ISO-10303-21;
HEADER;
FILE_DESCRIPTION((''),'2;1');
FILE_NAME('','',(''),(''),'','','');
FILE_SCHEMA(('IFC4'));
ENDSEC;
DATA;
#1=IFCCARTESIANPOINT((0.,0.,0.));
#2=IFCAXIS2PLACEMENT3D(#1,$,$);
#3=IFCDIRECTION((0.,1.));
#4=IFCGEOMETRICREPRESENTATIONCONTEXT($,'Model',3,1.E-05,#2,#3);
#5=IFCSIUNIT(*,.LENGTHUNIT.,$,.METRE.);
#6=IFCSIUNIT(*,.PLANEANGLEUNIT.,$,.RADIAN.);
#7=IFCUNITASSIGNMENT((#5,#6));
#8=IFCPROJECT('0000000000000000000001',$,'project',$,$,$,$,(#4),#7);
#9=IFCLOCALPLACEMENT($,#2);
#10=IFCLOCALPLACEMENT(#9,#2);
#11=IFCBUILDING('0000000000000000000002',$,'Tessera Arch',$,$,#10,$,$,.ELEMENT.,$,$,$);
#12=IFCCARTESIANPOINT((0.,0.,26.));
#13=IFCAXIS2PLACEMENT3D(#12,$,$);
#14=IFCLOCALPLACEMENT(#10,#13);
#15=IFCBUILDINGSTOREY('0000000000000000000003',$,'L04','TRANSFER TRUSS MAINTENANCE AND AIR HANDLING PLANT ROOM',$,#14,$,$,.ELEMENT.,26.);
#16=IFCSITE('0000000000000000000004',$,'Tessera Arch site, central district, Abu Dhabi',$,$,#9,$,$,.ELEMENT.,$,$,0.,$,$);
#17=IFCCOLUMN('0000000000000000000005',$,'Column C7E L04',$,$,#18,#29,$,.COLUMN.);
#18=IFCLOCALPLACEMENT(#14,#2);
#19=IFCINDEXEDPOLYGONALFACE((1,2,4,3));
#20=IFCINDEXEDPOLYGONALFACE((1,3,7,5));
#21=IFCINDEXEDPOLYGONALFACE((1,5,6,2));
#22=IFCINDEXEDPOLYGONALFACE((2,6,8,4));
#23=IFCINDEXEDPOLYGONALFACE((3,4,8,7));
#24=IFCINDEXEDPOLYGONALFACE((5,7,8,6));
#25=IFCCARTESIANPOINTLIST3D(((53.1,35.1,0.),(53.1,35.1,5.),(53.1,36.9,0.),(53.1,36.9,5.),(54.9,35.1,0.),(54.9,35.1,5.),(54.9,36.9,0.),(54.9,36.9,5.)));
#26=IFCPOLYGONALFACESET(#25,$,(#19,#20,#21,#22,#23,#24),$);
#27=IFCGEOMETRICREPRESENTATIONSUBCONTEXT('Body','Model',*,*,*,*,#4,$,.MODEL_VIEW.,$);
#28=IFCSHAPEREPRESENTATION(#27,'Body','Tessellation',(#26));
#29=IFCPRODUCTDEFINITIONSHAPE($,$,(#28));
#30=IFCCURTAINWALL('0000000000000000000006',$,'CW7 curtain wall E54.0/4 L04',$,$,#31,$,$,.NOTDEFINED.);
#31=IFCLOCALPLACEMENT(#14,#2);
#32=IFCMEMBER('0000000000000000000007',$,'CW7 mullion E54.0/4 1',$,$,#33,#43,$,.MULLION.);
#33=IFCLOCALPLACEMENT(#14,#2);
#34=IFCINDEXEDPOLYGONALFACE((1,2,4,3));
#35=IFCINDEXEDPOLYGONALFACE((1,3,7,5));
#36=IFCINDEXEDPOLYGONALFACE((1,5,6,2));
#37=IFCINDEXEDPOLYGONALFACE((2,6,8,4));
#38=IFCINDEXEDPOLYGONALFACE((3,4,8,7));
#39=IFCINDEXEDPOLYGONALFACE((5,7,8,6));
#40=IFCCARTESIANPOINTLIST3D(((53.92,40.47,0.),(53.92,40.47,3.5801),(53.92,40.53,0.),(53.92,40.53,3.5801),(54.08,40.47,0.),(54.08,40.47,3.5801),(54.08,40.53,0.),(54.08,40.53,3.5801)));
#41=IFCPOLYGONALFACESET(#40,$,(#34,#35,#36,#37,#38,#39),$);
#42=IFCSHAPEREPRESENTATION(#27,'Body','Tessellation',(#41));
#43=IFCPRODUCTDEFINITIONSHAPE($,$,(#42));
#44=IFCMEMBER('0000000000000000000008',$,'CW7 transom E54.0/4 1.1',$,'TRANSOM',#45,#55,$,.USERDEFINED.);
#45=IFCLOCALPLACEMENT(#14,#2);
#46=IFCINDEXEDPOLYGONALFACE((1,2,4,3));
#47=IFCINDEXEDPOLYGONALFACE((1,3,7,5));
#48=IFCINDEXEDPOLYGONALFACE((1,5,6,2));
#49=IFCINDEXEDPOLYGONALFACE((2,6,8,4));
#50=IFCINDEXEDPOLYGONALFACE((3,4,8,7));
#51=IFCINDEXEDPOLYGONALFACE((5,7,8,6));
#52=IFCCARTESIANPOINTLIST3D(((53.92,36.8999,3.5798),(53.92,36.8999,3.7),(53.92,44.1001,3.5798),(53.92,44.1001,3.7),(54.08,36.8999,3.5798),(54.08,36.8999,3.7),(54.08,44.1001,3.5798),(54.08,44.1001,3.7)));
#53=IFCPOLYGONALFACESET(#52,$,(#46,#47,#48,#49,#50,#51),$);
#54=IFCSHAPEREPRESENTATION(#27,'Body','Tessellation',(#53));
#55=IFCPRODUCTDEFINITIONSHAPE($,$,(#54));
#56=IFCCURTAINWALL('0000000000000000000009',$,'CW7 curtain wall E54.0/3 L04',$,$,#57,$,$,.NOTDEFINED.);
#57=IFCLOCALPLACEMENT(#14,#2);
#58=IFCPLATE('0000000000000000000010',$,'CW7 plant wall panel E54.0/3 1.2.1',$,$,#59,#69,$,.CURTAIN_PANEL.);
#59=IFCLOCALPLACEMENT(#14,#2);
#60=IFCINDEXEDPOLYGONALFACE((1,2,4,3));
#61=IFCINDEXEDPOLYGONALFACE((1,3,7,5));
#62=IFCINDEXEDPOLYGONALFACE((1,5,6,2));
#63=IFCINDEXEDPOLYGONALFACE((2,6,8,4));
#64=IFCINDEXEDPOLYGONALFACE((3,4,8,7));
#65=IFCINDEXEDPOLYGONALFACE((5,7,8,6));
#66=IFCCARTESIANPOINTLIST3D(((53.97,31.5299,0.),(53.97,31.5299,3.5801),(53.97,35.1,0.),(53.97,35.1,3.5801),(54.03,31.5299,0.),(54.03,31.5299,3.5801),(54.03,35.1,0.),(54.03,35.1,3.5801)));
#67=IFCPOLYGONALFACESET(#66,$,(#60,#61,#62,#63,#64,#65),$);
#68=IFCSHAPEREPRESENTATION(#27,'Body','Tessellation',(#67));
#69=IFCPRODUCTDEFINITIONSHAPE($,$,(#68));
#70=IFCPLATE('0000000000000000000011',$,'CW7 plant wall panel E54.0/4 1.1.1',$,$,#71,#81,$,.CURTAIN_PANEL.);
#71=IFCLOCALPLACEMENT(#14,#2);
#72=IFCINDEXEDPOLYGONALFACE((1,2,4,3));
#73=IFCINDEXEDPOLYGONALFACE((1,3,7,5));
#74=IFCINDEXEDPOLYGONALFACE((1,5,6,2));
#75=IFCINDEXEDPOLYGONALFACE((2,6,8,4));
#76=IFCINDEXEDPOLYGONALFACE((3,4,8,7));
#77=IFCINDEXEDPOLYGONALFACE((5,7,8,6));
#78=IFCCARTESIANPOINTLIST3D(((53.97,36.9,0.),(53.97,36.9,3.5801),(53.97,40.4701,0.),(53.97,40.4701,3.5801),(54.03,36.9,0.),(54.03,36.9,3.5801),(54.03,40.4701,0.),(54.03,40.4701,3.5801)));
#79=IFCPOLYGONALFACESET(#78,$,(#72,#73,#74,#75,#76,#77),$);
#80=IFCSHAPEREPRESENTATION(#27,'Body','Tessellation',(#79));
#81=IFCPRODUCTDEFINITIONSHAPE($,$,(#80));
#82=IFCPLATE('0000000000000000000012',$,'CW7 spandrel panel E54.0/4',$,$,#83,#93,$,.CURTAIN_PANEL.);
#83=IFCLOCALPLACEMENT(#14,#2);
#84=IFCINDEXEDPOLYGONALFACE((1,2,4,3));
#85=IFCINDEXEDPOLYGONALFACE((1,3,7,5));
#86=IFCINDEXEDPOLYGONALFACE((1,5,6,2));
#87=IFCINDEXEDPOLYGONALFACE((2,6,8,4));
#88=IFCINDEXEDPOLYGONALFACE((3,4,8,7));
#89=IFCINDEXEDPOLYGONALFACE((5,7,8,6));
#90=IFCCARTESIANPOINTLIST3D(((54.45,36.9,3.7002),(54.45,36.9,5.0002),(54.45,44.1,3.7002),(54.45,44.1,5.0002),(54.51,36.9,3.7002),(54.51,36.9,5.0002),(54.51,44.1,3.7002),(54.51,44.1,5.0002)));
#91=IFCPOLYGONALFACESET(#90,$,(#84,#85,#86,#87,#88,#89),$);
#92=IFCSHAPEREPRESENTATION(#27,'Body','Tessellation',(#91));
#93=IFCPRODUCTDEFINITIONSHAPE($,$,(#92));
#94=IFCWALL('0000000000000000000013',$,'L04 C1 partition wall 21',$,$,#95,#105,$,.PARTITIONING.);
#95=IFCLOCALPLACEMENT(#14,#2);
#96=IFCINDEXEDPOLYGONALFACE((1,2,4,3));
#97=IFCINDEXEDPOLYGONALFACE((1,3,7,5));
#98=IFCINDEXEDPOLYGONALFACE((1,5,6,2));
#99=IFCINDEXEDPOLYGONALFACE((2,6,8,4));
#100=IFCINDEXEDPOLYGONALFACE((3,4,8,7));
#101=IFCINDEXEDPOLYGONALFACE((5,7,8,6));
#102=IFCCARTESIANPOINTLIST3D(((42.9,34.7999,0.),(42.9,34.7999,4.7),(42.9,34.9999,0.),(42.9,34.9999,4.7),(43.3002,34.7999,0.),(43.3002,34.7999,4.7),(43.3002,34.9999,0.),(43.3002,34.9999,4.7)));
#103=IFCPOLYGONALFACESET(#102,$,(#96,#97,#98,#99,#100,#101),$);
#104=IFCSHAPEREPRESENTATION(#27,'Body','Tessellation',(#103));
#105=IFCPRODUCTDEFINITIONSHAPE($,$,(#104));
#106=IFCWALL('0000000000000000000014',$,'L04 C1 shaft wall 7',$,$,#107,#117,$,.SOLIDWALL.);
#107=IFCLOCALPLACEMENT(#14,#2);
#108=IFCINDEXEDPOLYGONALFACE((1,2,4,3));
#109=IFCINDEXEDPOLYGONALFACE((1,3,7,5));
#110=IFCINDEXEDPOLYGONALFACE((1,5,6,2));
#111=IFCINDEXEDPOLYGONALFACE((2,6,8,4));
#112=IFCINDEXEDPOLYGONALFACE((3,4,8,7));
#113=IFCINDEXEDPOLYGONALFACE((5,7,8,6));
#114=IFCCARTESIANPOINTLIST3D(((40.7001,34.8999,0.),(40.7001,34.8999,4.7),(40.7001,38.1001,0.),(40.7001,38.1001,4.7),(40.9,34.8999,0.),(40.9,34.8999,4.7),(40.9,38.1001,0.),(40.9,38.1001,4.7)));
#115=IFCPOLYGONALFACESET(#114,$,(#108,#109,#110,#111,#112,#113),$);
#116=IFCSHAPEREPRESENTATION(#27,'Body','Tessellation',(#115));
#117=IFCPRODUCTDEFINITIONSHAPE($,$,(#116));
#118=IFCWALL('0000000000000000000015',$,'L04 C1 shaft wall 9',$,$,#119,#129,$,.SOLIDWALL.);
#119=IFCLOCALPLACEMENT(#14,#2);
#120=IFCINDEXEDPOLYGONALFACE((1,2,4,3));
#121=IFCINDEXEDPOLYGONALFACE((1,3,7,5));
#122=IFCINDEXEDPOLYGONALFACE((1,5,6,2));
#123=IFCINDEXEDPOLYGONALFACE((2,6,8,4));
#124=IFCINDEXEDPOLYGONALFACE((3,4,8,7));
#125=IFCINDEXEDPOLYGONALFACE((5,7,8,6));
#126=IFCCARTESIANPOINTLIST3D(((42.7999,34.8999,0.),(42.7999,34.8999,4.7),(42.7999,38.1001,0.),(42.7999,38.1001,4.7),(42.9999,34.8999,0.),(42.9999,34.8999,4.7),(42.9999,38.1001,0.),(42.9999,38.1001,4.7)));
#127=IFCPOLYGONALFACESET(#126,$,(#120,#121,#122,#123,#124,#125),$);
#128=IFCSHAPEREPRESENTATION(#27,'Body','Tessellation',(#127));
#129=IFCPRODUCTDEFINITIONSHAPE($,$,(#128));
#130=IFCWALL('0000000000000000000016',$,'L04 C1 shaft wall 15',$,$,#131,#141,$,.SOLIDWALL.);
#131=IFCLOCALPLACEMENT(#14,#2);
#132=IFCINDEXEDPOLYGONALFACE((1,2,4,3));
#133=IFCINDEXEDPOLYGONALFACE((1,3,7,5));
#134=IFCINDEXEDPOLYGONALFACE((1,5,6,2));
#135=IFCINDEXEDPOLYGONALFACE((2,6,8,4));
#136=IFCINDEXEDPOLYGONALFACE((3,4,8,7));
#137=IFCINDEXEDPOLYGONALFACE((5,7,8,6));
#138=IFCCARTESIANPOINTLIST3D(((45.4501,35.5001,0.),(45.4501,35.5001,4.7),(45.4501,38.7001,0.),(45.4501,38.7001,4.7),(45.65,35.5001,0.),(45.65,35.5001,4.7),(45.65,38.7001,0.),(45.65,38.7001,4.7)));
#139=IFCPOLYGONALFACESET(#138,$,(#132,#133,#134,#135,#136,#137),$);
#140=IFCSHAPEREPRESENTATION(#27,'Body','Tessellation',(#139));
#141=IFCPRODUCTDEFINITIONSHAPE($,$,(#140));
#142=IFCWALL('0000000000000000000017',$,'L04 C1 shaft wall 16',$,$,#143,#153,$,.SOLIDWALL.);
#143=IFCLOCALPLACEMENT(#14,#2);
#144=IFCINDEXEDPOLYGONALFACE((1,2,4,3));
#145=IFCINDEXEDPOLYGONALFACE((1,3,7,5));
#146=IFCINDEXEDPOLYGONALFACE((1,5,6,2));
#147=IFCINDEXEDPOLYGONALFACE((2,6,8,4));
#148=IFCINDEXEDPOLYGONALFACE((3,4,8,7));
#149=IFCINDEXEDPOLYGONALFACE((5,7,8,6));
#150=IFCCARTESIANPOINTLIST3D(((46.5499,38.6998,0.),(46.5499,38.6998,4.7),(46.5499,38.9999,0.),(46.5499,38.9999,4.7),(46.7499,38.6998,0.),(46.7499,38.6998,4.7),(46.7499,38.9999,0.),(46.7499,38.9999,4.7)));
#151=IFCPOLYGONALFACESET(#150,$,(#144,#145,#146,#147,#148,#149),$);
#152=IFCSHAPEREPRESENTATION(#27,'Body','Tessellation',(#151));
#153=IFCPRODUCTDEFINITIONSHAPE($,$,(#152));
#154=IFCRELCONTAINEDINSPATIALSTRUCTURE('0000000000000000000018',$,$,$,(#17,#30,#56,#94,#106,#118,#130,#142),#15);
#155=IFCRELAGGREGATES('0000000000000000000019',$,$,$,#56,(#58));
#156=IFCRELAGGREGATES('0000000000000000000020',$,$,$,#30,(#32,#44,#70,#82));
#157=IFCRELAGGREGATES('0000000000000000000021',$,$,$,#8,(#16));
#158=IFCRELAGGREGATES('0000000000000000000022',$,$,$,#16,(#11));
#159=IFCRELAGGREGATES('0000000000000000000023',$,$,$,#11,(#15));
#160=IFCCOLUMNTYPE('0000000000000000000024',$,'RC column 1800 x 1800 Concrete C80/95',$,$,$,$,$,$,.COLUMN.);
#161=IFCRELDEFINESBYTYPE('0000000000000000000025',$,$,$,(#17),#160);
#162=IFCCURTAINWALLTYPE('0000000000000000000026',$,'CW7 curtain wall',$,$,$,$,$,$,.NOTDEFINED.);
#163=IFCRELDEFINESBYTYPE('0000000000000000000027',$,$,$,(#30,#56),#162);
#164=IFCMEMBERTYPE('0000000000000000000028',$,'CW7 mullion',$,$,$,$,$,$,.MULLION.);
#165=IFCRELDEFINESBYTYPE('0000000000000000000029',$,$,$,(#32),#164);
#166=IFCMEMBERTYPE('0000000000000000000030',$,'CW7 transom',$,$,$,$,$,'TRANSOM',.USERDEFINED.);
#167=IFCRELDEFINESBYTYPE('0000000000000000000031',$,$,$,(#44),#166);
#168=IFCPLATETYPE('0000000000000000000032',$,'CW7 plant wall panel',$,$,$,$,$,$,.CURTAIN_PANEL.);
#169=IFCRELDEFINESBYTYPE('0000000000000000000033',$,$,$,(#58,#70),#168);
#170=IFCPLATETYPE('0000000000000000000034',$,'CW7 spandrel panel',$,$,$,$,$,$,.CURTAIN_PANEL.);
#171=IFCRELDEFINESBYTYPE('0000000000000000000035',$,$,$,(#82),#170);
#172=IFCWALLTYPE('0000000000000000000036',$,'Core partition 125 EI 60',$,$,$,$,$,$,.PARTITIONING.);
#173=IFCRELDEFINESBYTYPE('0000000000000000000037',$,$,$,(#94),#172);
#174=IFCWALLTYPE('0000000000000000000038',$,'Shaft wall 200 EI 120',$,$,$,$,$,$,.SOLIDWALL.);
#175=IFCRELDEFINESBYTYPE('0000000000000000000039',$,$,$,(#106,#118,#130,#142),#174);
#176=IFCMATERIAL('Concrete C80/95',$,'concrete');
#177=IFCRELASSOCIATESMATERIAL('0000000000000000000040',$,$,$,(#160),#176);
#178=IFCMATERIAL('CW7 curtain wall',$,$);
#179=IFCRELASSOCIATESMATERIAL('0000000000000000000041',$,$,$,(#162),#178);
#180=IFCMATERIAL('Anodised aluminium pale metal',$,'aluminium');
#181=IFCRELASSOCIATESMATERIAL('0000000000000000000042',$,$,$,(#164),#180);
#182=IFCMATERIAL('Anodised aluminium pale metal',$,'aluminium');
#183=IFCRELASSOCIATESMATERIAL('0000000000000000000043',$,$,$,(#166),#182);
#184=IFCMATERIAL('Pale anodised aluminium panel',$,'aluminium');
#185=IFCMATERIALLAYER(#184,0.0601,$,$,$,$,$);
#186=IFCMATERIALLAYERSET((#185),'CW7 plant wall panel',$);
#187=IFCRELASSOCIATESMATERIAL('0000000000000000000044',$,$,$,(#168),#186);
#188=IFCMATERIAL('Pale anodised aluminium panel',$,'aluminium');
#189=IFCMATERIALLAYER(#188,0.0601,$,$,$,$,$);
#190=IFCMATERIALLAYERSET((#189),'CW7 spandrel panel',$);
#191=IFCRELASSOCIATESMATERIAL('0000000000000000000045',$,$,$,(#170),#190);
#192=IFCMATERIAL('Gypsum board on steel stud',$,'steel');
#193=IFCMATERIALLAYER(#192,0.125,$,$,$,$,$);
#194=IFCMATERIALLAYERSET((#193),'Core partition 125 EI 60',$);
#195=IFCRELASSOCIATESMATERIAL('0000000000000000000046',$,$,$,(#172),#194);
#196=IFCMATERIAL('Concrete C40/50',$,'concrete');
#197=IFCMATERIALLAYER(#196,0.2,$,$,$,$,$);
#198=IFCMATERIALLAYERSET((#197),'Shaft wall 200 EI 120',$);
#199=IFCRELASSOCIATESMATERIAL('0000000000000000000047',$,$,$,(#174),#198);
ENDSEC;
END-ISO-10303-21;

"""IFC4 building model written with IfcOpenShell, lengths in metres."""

from ifc_helpers import new_model, si_unit, direction, frame, frame_2d, origin, origin_2d, place, context, subcontext, project, spatial, rectangle, extrude, material, layer, layer_set, material_profile, profile_set, type_object, element, aggregate, save


model = new_model("IFC4")

# Units and contexts
model_context = context("Model", 3, precision=1e-05, world=origin(), true_north=direction((0.0, 1.0)))
body_context = subcontext(model_context, "Body", "Model", "MODEL_VIEW")
ifc_project = project(units=[si_unit("LENGTHUNIT", "METRE"), si_unit("PLANEANGLEUNIT", "RADIAN")], contexts=[model_context])

# Site, building, storey
site_placement = place(None, origin())
site = spatial("IfcSite", under=ifc_project, at=site_placement, Name="Tessera Arch site, central district, Abu Dhabi", CompositionType="ELEMENT", RefElevation=0.0)
building_placement = place(site_placement, origin())
building = spatial("IfcBuilding", under=site, at=building_placement, Name="Tessera Arch", CompositionType="ELEMENT")
storey_placement = place(building_placement, frame((0.0, 0.0, 26.0)))
storey = spatial("IfcBuildingStorey", under=building, at=storey_placement, Name="L04", Description="TRANSFER TRUSS MAINTENANCE AND AIR HANDLING PLANT ROOM", CompositionType="ELEMENT", Elevation=26.0)

# Column
ifc_material_1 = material(Name="Concrete C80/95", Category="concrete")
ifc_material_profile_1 = material_profile(ifc_material_1, rectangle(XDim=1.8, YDim=1.8, at=origin_2d()), Name="RC column 1800 x 1800 Concrete C80/95")
ifc_profile_set_1 = profile_set([ifc_material_profile_1], Name="Concrete C80/95")
column_type = type_object("IfcColumnType", Name="RC column 1800 x 1800 Concrete C80/95", PredefinedType="COLUMN", material=ifc_profile_set_1)
column_placement = place(storey_placement, frame((54.0, 36.0, 0.0), z_axis=(0.0, 0.0, 1.0), x_axis=(1.0, 0.0, 0.0)))
element("IfcColumn", 1, at=column_placement, inside=storey, type_object=column_type, Name="Column C7E L04", PredefinedType="COLUMN", context=body_context, shape_type="SweptSolid", body=[
    extrude(rectangle(XDim=1.8, YDim=1.8, at=origin_2d()), origin(), (0.0, 0.0, 1.0), 5.0),
])

# Curtain wall, members
ifc_material_2 = material(Name="CW7 curtain wall")
curtain_wall_type = type_object("IfcCurtainWallType", Name="CW7 curtain wall", PredefinedType="NOTDEFINED", material=ifc_material_2)
curtain_wall_1_placement = place(storey_placement, origin())
curtain_wall_1 = element("IfcCurtainWall", 2, at=curtain_wall_1_placement, inside=storey, type_object=curtain_wall_type, Name="CW7 curtain wall E54.0/4 L04", PredefinedType="NOTDEFINED")
ifc_material_3 = material(Name="Anodised aluminium pale metal", Category="aluminium")
ifc_material_profile_2 = material_profile(ifc_material_3, rectangle(XDim=0.1599, YDim=0.0601, at=origin_2d()), Name="AL 60x160")
ifc_profile_set_2 = profile_set([ifc_material_profile_2], Name="Anodised aluminium pale metal")
member_type_1 = type_object("IfcMemberType", Name="CW7 mullion", PredefinedType="MULLION", material=ifc_profile_set_2)
member_1_placement = place(storey_placement, frame((54.0, 40.5, 0.0), z_axis=(0.0, 0.0, 1.0), x_axis=(-1.0, 0.0, 0.0)))
member_1 = element("IfcMember", 3, at=member_1_placement, type_object=member_type_1, Name="CW7 mullion E54.0/4 1", PredefinedType="MULLION", context=body_context, shape_type="SweptSolid", body=[
    extrude(rectangle(XDim=0.1599, YDim=0.0601, at=origin_2d()), origin(), (0.0, 0.0, 1.0), 3.5801),
])
ifc_material_4 = material(Name="Anodised aluminium pale metal", Category="aluminium")
ifc_material_profile_3 = material_profile(ifc_material_4, rectangle(XDim=0.1599, YDim=0.1201, at=origin_2d()), Name="AL 160x120")
ifc_profile_set_3 = profile_set([ifc_material_profile_3], Name="Anodised aluminium pale metal")
member_type_2 = type_object("IfcMemberType", Name="CW7 transom", ElementType="TRANSOM", PredefinedType="USERDEFINED", material=ifc_profile_set_3)
member_2_placement = place(storey_placement, frame((54.0, 36.8999, 3.6399), z_axis=(0.0, 1.0, 0.0), x_axis=(-1.0, 0.0, 0.0)))
member_2 = element("IfcMember", 4, at=member_2_placement, type_object=member_type_2, Name="CW7 transom E54.0/4 1.1", ObjectType="TRANSOM", PredefinedType="USERDEFINED", context=body_context, shape_type="SweptSolid", body=[
    extrude(rectangle(XDim=0.1599, YDim=0.1201, at=origin_2d()), origin(), (0.0, 0.0, 1.0), 7.2002),
])

# Curtain wall, plate
curtain_wall_2_placement = place(storey_placement, origin())
curtain_wall_2 = element("IfcCurtainWall", 5, at=curtain_wall_2_placement, inside=storey, type_object=curtain_wall_type, Name="CW7 curtain wall E54.0/3 L04", PredefinedType="NOTDEFINED")
ifc_material_5 = material(Name="Pale anodised aluminium panel", Category="aluminium")
ifc_layer_1 = layer(ifc_material_5, 0.0601)
ifc_layer_set_1 = layer_set([ifc_layer_1], Name="CW7 plant wall panel")
plate_type_1 = type_object("IfcPlateType", Name="CW7 plant wall panel", PredefinedType="CURTAIN_PANEL", material=ifc_layer_set_1)
plate_1_placement = place(storey_placement, frame((54.0, 33.3149, 0.0), z_axis=(0.0, 0.0, 1.0), x_axis=(0.0, 1.0, 0.0)))
plate_1 = element("IfcPlate", 6, at=plate_1_placement, type_object=plate_type_1, Name="CW7 plant wall panel E54.0/3 1.2.1", PredefinedType="CURTAIN_PANEL", context=body_context, shape_type="SweptSolid", body=[
    extrude(rectangle(XDim=3.5701, YDim=0.0601, at=origin_2d()), origin(), (0.0, 0.0, 1.0), 3.5801),
])
aggregate(curtain_wall_2, [plate_1])

# Plates
plate_2_placement = place(storey_placement, frame((54.0, 38.6851, 0.0), z_axis=(0.0, 0.0, 1.0), x_axis=(0.0, 1.0, 0.0)))
plate_2 = element("IfcPlate", 7, at=plate_2_placement, type_object=plate_type_1, Name="CW7 plant wall panel E54.0/4 1.1.1", PredefinedType="CURTAIN_PANEL", context=body_context, shape_type="SweptSolid", body=[
    extrude(rectangle(XDim=3.5701, YDim=0.0601, at=origin_2d()), origin(), (0.0, 0.0, 1.0), 3.5801),
])
ifc_material_6 = material(Name="Pale anodised aluminium panel", Category="aluminium")
ifc_layer_2 = layer(ifc_material_6, 0.0601)
ifc_layer_set_2 = layer_set([ifc_layer_2], Name="CW7 spandrel panel")
plate_type_2 = type_object("IfcPlateType", Name="CW7 spandrel panel", PredefinedType="CURTAIN_PANEL", material=ifc_layer_set_2)
plate_3_placement = place(storey_placement, frame((54.48, 40.5, 3.7002), z_axis=(0.0, 0.0, 1.0), x_axis=(0.0, 1.0, 0.0)))
plate_3 = element("IfcPlate", 8, at=plate_3_placement, type_object=plate_type_2, Name="CW7 spandrel panel E54.0/4", PredefinedType="CURTAIN_PANEL", context=body_context, shape_type="SweptSolid", body=[
    extrude(rectangle(XDim=7.2, YDim=0.0601, at=origin_2d()), origin(), (0.0, 0.0, 1.0), 1.3),
])
aggregate(curtain_wall_1, [member_1, member_2, plate_2, plate_3])

# Walls
ifc_material_7 = material(Name="Gypsum board on steel stud", Category="steel")
ifc_layer_3 = layer(ifc_material_7, 0.125)
ifc_layer_set_3 = layer_set([ifc_layer_3], Name="Core partition 125 EI 60")
wall_type_1 = type_object("IfcWallType", Name="Core partition 125 EI 60", PredefinedType="PARTITIONING", material=ifc_layer_set_3)
wall_1_placement = place(storey_placement, frame((42.8999, 34.8999, 0.0), z_axis=(0.0, 0.0, 1.0), x_axis=(1.0, 0.0, 0.0)))
element("IfcWall", 9, at=wall_1_placement, inside=storey, type_object=wall_type_1, Name="L04 C1 partition wall 21", PredefinedType="PARTITIONING", context=body_context, shape_type="SweptSolid", body=[
    extrude(rectangle(XDim=0.4001, YDim=0.2, at=frame_2d((0.2002, 0.0))), origin(), (0.0, 0.0, 1.0), 4.7),
])
ifc_material_8 = material(Name="Concrete C40/50", Category="concrete")
ifc_layer_4 = layer(ifc_material_8, 0.2)
ifc_layer_set_4 = layer_set([ifc_layer_4], Name="Shaft wall 200 EI 120")
wall_type_2 = type_object("IfcWallType", Name="Shaft wall 200 EI 120", PredefinedType="SOLIDWALL", material=ifc_layer_set_4)
for number, where, z_axis, x_axis, name in (
    (10, (40.8, 34.8999, 0.0), (0.0, 0.0, 1.0), (0.0, 1.0, 0.0), "L04 C1 shaft wall 7"),
    (11, (42.8999, 34.8999, 0.0), (0.0, 0.0, 1.0), (0.0, 1.0, 0.0), "L04 C1 shaft wall 9"),
):
    element("IfcWall", number, at=place(storey_placement, frame(where, z_axis=z_axis, x_axis=x_axis)), inside=storey, type_object=wall_type_2, Name=name, PredefinedType="SOLIDWALL", context=body_context, shape_type="SweptSolid", body=[
        extrude(rectangle(XDim=3.2002, YDim=0.2, at=frame_2d((1.6001, 0.0))), origin(), (0.0, 0.0, 1.0), 4.7),
    ])
wall_2_placement = place(storey_placement, frame((45.55, 35.5, 0.0), z_axis=(0.0, 0.0, 1.0), x_axis=(0.0, 1.0, 0.0)))
element("IfcWall", 12, at=wall_2_placement, inside=storey, type_object=wall_type_2, Name="L04 C1 shaft wall 15", PredefinedType="SOLIDWALL", context=body_context, shape_type="SweptSolid", body=[
    extrude(rectangle(XDim=3.2, YDim=0.2, at=frame_2d((1.6001, 0.0))), origin(), (0.0, 0.0, 1.0), 4.7),
])
wall_3_placement = place(storey_placement, frame((46.6499, 38.7, 0.0), z_axis=(0.0, 0.0, 1.0), x_axis=(0.0, 1.0, 0.0)))
element("IfcWall", 13, at=wall_3_placement, inside=storey, type_object=wall_type_2, Name="L04 C1 shaft wall 16", PredefinedType="SOLIDWALL", context=body_context, shape_type="SweptSolid", body=[
    extrude(rectangle(XDim=0.3, YDim=0.2, at=frame_2d((0.1499, 0.0))), origin(), (0.0, 0.0, 1.0), 4.7),
])

save(model, "model.ifc")
